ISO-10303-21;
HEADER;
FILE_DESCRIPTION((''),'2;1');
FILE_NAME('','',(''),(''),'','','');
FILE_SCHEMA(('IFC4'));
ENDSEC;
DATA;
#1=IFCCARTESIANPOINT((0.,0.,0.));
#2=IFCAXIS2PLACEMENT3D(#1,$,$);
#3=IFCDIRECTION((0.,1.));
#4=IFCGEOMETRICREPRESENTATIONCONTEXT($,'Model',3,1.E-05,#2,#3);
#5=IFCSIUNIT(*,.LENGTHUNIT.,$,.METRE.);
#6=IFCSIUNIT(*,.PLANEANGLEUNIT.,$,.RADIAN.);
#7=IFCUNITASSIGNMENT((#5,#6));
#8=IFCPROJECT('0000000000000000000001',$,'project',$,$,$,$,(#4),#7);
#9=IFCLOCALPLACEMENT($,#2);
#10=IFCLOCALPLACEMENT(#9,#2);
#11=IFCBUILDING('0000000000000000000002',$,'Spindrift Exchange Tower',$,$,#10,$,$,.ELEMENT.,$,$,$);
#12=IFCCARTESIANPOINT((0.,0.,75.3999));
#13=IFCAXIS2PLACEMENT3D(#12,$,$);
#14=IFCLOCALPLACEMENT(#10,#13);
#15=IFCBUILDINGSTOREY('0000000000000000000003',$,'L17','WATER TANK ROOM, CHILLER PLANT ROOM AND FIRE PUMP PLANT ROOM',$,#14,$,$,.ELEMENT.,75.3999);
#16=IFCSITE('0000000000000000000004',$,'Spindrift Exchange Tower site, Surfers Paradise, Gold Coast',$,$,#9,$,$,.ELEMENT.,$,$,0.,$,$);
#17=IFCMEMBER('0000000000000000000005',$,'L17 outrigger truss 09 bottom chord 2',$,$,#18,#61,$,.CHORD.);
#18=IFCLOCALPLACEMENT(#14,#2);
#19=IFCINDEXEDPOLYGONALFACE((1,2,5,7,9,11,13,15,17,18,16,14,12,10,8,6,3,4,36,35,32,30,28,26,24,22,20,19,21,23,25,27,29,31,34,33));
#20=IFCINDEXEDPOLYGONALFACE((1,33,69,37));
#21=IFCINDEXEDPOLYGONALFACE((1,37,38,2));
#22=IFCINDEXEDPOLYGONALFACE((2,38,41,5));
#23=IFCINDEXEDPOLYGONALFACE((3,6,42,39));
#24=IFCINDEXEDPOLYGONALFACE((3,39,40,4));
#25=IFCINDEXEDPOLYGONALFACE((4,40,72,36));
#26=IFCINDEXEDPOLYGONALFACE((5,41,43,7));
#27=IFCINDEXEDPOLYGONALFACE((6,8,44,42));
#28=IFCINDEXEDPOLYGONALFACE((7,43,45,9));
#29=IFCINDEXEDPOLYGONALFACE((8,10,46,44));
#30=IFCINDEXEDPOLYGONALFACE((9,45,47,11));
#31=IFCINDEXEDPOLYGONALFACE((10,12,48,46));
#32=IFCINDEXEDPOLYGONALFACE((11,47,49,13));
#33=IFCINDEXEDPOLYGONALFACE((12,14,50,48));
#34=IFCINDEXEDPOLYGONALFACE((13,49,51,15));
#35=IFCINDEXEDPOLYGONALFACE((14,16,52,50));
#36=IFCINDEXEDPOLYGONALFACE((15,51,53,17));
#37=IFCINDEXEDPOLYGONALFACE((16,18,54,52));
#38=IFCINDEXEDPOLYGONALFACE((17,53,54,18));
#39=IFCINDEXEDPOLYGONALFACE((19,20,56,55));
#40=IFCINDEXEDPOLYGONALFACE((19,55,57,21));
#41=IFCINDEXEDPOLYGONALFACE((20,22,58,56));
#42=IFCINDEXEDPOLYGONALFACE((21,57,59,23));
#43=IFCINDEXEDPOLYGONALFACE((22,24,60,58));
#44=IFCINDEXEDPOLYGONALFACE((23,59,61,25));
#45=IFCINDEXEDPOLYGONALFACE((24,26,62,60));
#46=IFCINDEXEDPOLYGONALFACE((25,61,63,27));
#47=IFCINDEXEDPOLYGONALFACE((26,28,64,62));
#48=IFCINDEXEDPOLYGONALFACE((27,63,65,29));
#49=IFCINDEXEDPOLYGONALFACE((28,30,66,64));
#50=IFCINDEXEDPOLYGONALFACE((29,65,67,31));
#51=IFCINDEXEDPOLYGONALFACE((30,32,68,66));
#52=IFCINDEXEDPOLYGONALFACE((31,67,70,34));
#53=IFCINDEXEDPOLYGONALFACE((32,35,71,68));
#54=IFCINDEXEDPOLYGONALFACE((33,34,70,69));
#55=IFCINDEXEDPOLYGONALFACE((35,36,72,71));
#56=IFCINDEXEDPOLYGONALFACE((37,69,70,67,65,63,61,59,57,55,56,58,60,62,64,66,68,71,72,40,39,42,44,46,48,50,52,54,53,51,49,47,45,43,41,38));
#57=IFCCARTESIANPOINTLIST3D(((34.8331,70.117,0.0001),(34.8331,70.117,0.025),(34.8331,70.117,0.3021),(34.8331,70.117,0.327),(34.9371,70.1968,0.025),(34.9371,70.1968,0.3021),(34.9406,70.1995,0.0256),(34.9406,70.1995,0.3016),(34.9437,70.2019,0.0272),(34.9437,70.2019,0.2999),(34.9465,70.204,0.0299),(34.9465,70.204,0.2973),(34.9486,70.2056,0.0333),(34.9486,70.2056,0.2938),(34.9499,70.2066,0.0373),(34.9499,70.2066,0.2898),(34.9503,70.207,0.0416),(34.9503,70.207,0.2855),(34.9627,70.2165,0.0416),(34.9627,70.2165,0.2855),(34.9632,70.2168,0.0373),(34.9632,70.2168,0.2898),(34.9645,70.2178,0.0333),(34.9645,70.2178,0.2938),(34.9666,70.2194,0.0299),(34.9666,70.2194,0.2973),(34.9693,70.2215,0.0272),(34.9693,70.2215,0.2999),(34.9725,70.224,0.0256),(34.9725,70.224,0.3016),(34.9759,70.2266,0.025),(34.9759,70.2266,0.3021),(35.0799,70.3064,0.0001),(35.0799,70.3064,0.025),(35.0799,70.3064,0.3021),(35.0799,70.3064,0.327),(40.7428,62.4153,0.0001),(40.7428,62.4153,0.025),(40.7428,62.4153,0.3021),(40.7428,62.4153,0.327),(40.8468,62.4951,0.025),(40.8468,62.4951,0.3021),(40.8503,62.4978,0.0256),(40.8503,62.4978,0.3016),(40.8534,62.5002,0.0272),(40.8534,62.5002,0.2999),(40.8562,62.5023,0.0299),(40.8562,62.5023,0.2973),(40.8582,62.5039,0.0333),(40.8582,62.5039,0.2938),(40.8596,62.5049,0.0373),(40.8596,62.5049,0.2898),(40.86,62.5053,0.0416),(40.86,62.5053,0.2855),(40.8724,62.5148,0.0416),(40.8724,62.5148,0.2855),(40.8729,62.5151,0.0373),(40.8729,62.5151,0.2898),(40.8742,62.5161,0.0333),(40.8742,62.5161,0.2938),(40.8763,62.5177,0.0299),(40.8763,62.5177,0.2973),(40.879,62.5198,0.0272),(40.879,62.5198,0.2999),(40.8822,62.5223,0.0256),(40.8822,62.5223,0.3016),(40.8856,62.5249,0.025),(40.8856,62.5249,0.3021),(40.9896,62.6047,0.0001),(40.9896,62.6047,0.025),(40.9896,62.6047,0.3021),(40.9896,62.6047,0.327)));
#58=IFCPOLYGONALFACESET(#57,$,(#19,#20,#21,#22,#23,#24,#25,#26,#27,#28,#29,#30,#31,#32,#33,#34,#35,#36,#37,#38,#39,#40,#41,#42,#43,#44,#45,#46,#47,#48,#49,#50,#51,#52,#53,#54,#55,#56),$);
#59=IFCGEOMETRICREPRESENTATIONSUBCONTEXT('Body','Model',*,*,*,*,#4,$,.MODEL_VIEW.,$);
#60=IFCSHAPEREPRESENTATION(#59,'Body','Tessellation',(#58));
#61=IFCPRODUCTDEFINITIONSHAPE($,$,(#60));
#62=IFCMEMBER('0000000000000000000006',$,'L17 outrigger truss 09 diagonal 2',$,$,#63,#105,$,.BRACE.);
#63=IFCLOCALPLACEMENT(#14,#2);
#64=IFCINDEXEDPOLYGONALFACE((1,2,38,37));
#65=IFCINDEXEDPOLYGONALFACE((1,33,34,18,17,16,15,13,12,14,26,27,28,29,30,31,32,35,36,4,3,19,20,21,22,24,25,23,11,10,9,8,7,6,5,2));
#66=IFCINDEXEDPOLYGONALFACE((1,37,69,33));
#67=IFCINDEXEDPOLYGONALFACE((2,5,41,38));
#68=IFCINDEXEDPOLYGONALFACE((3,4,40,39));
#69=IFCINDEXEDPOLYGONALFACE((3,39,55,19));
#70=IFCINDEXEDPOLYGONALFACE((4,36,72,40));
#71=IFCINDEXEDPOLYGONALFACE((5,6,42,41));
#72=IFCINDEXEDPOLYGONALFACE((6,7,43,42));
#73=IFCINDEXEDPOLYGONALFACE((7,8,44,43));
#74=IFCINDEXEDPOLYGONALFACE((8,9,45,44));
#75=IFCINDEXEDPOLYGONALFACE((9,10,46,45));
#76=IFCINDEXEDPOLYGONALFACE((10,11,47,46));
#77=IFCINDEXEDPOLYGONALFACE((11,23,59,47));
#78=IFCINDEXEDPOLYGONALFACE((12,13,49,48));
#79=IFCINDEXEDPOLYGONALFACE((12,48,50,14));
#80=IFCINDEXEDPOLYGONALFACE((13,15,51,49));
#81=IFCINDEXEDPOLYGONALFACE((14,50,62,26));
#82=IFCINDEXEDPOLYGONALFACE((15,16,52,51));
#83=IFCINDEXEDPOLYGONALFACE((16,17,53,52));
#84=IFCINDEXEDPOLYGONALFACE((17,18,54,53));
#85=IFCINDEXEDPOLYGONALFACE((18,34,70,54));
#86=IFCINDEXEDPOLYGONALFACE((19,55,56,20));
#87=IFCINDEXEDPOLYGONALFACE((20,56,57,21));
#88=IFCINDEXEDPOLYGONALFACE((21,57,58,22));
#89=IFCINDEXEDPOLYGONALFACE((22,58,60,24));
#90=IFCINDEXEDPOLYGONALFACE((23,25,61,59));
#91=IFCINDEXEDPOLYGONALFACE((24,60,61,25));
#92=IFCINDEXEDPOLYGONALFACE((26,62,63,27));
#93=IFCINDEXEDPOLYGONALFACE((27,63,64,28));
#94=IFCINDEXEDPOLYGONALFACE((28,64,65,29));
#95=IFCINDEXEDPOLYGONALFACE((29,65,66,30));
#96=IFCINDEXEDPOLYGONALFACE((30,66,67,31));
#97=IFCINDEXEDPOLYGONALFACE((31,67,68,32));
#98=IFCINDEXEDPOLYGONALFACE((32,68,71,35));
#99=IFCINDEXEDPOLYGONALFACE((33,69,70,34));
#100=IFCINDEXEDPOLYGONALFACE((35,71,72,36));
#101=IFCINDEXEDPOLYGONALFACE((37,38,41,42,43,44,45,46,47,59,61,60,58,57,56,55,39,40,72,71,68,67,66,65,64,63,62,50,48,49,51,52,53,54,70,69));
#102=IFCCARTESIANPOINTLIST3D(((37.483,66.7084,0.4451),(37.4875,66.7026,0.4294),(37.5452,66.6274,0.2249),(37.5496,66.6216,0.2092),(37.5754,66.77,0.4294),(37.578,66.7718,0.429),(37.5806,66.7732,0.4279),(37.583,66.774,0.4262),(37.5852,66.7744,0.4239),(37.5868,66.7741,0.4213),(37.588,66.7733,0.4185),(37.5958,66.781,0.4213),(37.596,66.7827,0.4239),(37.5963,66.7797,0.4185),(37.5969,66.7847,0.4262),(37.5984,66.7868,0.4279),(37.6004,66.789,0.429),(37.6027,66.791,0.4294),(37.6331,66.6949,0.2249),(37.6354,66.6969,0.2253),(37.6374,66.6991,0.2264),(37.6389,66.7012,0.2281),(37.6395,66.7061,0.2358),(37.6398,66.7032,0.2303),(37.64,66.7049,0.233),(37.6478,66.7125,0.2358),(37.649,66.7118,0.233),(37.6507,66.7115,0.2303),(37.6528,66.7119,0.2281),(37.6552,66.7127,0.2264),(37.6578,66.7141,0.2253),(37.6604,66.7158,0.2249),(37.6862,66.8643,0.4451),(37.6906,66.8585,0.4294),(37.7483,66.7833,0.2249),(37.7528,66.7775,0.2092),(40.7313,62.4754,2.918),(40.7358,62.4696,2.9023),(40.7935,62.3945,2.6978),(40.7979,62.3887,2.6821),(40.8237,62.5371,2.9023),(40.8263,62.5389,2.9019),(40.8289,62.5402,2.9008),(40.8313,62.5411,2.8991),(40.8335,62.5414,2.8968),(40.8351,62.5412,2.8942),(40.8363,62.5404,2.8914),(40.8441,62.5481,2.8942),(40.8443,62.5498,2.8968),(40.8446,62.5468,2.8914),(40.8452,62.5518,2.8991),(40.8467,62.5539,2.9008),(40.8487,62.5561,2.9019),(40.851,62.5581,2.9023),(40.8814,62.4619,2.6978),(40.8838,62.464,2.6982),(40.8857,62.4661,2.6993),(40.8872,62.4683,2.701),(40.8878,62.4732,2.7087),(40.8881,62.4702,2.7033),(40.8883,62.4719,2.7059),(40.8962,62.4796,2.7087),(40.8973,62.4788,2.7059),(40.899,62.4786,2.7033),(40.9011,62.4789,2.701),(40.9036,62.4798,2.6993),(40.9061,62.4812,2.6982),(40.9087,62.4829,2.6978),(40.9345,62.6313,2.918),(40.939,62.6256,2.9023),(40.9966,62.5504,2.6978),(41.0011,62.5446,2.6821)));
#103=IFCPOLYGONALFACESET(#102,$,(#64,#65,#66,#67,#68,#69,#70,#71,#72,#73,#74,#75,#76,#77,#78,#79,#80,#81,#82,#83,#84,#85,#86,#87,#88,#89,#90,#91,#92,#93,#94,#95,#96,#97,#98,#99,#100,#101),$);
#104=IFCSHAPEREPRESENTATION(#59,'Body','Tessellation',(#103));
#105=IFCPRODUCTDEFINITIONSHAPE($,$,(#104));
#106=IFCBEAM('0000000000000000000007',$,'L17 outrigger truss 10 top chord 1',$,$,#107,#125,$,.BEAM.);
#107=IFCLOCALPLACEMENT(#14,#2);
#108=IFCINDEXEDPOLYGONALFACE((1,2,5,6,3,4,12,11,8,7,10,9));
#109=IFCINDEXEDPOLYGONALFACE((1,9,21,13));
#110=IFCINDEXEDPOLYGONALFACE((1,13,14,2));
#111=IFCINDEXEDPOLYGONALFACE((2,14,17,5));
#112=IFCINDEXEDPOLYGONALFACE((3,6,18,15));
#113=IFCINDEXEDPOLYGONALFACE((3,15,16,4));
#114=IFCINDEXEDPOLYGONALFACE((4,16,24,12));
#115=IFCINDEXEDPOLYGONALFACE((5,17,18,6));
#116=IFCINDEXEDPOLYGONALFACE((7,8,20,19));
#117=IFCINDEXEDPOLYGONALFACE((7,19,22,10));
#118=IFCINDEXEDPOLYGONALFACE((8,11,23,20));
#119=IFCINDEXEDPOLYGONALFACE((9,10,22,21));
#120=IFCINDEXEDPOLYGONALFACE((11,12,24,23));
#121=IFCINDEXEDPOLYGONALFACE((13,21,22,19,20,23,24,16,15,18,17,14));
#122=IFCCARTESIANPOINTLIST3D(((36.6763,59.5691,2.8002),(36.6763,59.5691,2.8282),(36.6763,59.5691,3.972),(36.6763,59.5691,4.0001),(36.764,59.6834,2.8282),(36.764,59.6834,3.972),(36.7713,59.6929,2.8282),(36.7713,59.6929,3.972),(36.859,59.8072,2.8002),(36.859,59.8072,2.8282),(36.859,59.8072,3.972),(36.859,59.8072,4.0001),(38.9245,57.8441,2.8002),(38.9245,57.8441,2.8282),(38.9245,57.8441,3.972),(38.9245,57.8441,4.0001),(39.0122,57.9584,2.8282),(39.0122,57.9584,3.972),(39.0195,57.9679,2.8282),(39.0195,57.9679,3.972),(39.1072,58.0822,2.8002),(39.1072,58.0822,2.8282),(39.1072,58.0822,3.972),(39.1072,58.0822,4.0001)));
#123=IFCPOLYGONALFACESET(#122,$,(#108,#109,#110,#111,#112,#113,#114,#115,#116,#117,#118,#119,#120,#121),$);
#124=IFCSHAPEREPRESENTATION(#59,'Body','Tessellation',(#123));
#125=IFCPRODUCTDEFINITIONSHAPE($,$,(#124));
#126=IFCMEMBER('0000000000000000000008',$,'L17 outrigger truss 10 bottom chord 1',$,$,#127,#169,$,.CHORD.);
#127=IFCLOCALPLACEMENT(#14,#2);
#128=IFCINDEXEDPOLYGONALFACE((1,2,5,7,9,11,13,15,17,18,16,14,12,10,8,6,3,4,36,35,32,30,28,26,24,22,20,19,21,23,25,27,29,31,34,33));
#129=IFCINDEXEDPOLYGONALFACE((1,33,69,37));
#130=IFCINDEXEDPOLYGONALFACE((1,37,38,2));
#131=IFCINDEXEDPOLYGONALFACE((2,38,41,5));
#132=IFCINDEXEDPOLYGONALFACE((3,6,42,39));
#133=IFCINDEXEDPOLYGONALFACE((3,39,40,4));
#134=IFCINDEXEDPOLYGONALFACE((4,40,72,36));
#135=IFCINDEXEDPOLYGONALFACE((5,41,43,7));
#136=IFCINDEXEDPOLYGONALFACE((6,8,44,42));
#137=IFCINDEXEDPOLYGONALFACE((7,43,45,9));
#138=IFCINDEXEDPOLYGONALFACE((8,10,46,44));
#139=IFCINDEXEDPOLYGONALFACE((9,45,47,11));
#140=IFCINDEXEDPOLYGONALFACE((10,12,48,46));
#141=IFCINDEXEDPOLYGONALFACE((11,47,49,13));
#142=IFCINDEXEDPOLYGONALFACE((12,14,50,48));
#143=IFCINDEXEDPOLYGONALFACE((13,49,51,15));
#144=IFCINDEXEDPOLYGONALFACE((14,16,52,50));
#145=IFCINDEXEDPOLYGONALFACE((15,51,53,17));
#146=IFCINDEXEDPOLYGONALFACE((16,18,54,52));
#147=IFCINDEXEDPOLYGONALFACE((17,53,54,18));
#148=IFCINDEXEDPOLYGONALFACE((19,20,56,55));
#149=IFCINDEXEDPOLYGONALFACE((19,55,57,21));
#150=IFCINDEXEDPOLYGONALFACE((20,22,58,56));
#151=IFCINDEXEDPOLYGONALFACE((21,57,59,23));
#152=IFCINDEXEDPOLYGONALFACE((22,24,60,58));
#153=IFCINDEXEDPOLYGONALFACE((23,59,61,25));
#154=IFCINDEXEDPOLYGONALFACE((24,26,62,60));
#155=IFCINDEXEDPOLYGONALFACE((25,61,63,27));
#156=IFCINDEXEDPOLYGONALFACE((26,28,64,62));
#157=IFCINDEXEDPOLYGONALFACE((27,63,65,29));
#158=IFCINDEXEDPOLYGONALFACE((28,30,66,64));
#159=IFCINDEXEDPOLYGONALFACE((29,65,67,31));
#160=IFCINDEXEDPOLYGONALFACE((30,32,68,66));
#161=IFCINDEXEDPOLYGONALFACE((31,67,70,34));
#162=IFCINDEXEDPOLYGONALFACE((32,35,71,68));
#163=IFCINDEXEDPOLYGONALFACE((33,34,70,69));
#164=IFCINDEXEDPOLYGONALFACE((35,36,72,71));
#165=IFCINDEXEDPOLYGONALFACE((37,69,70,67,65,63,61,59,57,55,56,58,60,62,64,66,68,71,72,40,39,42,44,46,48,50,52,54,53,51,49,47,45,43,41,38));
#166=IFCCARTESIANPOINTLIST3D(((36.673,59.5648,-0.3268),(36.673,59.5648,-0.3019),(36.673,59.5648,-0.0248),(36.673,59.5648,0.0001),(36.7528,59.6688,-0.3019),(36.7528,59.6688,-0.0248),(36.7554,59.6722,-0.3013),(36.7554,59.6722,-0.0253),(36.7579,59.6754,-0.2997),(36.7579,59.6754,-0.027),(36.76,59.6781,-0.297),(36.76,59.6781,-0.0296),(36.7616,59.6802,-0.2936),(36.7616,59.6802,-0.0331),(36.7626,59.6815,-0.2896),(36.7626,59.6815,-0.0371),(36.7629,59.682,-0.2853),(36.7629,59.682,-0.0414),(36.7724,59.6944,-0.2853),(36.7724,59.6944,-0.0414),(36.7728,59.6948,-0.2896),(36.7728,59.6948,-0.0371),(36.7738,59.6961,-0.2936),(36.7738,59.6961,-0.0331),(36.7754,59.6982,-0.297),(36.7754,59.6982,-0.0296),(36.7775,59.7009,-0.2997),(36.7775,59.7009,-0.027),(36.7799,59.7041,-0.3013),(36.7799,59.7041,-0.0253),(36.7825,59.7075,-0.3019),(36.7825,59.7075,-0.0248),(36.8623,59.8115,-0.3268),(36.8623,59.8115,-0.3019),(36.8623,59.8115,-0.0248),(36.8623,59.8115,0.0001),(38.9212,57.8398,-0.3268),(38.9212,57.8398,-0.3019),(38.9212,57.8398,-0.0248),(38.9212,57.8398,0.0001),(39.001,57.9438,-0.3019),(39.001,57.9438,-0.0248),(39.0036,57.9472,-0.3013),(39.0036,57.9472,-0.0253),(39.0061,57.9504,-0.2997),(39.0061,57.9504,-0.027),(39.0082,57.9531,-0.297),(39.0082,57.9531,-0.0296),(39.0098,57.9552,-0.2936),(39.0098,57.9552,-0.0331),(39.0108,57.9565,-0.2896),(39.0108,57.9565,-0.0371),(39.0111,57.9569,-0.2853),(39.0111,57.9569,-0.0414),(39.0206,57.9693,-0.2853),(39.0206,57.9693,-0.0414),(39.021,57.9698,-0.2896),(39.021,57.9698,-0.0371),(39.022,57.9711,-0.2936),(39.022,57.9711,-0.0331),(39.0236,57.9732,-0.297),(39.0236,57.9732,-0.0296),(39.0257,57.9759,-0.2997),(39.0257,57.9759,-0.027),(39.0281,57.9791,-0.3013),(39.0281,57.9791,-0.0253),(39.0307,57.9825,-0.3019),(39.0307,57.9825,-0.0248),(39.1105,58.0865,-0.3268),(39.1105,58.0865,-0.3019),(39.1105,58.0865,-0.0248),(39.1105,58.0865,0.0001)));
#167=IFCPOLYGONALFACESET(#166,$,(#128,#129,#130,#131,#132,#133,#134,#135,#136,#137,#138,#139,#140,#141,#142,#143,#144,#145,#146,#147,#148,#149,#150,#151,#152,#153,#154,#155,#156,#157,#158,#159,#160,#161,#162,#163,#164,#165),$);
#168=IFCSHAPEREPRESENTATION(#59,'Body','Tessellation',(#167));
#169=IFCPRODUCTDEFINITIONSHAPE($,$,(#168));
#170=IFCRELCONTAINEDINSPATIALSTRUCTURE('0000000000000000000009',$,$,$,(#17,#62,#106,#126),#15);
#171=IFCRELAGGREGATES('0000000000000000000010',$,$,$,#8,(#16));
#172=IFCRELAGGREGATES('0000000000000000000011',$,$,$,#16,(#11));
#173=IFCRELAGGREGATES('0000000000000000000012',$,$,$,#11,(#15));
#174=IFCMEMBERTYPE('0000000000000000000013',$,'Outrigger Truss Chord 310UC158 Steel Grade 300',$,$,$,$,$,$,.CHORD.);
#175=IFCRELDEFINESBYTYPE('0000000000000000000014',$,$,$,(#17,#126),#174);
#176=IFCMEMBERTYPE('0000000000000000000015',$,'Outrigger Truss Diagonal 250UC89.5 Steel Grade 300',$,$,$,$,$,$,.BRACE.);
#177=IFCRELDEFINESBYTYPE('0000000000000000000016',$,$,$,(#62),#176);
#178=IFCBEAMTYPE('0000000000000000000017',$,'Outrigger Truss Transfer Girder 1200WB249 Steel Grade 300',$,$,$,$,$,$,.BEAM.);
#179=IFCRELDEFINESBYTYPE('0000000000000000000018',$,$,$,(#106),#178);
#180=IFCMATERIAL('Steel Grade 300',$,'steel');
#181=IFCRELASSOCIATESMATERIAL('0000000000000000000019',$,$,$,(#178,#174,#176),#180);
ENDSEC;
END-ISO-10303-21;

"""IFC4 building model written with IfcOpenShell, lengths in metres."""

from ifc_helpers import new_model, si_unit, direction, frame, origin, origin_2d, place, context, subcontext, project, spatial, i_section, extrude, source, transform, mapped, material, material_profile, profile_set, type_object, element, save


model = new_model("IFC4")

# Units and contexts
model_context = context("Model", 3, precision=1e-05, world=origin(), true_north=direction((0.0, 1.0)))
body_context = subcontext(model_context, "Body", "Model", "MODEL_VIEW")
ifc_project = project(units=[si_unit("LENGTHUNIT", "METRE"), si_unit("PLANEANGLEUNIT", "RADIAN")], contexts=[model_context])

# Site, building, storey
site_placement = place(None, origin())
site = spatial("IfcSite", under=ifc_project, at=site_placement, Name="Spindrift Exchange Tower site, Surfers Paradise, Gold Coast", CompositionType="ELEMENT", RefElevation=0.0)
building_placement = place(site_placement, origin())
building = spatial("IfcBuilding", under=site, at=building_placement, Name="Spindrift Exchange Tower", CompositionType="ELEMENT")
storey_placement = place(building_placement, frame((0.0, 0.0, 75.3999)))
storey = spatial("IfcBuildingStorey", under=building, at=storey_placement, Name="L17", Description="WATER TANK ROOM, CHILLER PLANT ROOM AND FIRE PUMP PLANT ROOM", CompositionType="ELEMENT", Elevation=75.3999)

# Shared definitions
ifc_material_1 = material(Name="Steel Grade 300", Category="steel")
ifc_material_profile_1 = material_profile(ifc_material_1, i_section(OverallWidth=0.3, OverallDepth=1.2, WebThickness=0.012, FlangeThickness=0.0281, at=origin_2d()), Name="1200WB249")
ifc_profile_set_1 = profile_set([ifc_material_profile_1], Name="Steel Grade 300")
beam_type = type_object("IfcBeamType", Name="Outrigger Truss Transfer Girder 1200WB249 Steel Grade 300", PredefinedType="BEAM", material=ifc_profile_set_1)

# Shared definitions
ifc_material_profile_2 = material_profile(ifc_material_1, i_section(OverallWidth=0.311, OverallDepth=0.3269, WebThickness=0.0156, FlangeThickness=0.0249, FilletRadius=0.0166, at=origin_2d()), Name="310UC158")
ifc_profile_set_2 = profile_set([ifc_material_profile_2], Name="Steel Grade 300")
member_type_1 = type_object("IfcMemberType", Name="Outrigger Truss Chord 310UC158 Steel Grade 300", PredefinedType="CHORD", material=ifc_profile_set_2)

# Members
shared_shape_1 = source(origin(), body_context, "Body", "SweptSolid", [
    extrude(i_section(OverallWidth=0.311, OverallDepth=0.3269, WebThickness=0.0156, FlangeThickness=0.0249, FilletRadius=0.0166, at=origin_2d()), origin(), (0.0, 0.0, 1.0), 9.7078),
])
member_1_placement = place(storey_placement, frame((40.8662, 62.51, 0.1636), z_axis=(-0.60876, 0.793355, 0.0), x_axis=(-0.793355, -0.60876, 0.0)))
element("IfcMember", 1, at=member_1_placement, inside=storey, type_object=member_type_1, Name="L17 outrigger truss 09 bottom chord 2", PredefinedType="CHORD", context=body_context, shape_type="MappedRepresentation", body=[
    mapped(shared_shape_1, transform((0.0, 0.0, 0.0), scale=1.0)),
])
ifc_material_profile_3 = material_profile(ifc_material_1, i_section(OverallWidth=0.2561, OverallDepth=0.26, WebThickness=0.0105, FlangeThickness=0.0173, FilletRadius=0.012, at=origin_2d()), Name="250UC89.5")
ifc_profile_set_3 = profile_set([ifc_material_profile_3], Name="Steel Grade 300")
member_type_2 = type_object("IfcMemberType", Name="Outrigger Truss Diagonal 250UC89.5 Steel Grade 300", PredefinedType="BRACE", material=ifc_profile_set_3)
shared_shape_2 = source(origin(), body_context, "Body", "SweptSolid", [
    extrude(i_section(OverallWidth=0.2561, OverallDepth=0.26, WebThickness=0.0105, FlangeThickness=0.0173, FilletRadius=0.012, at=origin_2d()), origin(), (0.0, 0.0, 1.0), 5.8809),
])
member_2_placement = place(storey_placement, frame((40.8662, 62.51, 2.8), z_axis=(-0.552352, 0.719781, -0.420502), x_axis=(-0.793329, -0.608793, 0.0)))
element("IfcMember", 2, at=member_2_placement, inside=storey, type_object=member_type_2, Name="L17 outrigger truss 09 diagonal 2", PredefinedType="BRACE", context=body_context, shape_type="MappedRepresentation", body=[
    mapped(shared_shape_2, transform((0.0, 0.0, 0.0), scale=1.0)),
])

# Beam
shared_shape_3 = source(origin(), body_context, "Body", "SweptSolid", [
    extrude(i_section(OverallWidth=0.3, OverallDepth=1.2, WebThickness=0.012, FlangeThickness=0.0281, at=origin_2d()), origin(), (0.0, 0.0, 1.0), 2.8337),
])
beam_1_placement = place(storey_placement, frame((39.0159, 57.9631, 3.4001), z_axis=(-0.793366, 0.608744, 0.0), x_axis=(-0.608744, -0.793366, 0.0)))
element("IfcBeam", 3, at=beam_1_placement, inside=storey, type_object=beam_type, Name="L17 outrigger truss 10 top chord 1", PredefinedType="BEAM", context=body_context, shape_type="MappedRepresentation", body=[
    mapped(shared_shape_3, transform((0.0, 0.0, 0.0), scale=1.0)),
])

# Member
shared_shape_4 = source(origin(), body_context, "Body", "SweptSolid", [
    extrude(i_section(OverallWidth=0.311, OverallDepth=0.3269, WebThickness=0.0156, FlangeThickness=0.0249, FilletRadius=0.0166, at=origin_2d()), origin(), (0.0, 0.0, 1.0), 2.8337),
])
member_3_placement = place(storey_placement, frame((39.0159, 57.9631, -0.1633), z_axis=(-0.793366, 0.608744, 0.0), x_axis=(-0.608744, -0.793366, 0.0)))
element("IfcMember", 4, at=member_3_placement, inside=storey, type_object=member_type_1, Name="L17 outrigger truss 10 bottom chord 1", PredefinedType="CHORD", context=body_context, shape_type="MappedRepresentation", body=[
    mapped(shared_shape_4, transform((0.0, 0.0, 0.0), scale=1.0)),
])

save(model, "model.ifc")
